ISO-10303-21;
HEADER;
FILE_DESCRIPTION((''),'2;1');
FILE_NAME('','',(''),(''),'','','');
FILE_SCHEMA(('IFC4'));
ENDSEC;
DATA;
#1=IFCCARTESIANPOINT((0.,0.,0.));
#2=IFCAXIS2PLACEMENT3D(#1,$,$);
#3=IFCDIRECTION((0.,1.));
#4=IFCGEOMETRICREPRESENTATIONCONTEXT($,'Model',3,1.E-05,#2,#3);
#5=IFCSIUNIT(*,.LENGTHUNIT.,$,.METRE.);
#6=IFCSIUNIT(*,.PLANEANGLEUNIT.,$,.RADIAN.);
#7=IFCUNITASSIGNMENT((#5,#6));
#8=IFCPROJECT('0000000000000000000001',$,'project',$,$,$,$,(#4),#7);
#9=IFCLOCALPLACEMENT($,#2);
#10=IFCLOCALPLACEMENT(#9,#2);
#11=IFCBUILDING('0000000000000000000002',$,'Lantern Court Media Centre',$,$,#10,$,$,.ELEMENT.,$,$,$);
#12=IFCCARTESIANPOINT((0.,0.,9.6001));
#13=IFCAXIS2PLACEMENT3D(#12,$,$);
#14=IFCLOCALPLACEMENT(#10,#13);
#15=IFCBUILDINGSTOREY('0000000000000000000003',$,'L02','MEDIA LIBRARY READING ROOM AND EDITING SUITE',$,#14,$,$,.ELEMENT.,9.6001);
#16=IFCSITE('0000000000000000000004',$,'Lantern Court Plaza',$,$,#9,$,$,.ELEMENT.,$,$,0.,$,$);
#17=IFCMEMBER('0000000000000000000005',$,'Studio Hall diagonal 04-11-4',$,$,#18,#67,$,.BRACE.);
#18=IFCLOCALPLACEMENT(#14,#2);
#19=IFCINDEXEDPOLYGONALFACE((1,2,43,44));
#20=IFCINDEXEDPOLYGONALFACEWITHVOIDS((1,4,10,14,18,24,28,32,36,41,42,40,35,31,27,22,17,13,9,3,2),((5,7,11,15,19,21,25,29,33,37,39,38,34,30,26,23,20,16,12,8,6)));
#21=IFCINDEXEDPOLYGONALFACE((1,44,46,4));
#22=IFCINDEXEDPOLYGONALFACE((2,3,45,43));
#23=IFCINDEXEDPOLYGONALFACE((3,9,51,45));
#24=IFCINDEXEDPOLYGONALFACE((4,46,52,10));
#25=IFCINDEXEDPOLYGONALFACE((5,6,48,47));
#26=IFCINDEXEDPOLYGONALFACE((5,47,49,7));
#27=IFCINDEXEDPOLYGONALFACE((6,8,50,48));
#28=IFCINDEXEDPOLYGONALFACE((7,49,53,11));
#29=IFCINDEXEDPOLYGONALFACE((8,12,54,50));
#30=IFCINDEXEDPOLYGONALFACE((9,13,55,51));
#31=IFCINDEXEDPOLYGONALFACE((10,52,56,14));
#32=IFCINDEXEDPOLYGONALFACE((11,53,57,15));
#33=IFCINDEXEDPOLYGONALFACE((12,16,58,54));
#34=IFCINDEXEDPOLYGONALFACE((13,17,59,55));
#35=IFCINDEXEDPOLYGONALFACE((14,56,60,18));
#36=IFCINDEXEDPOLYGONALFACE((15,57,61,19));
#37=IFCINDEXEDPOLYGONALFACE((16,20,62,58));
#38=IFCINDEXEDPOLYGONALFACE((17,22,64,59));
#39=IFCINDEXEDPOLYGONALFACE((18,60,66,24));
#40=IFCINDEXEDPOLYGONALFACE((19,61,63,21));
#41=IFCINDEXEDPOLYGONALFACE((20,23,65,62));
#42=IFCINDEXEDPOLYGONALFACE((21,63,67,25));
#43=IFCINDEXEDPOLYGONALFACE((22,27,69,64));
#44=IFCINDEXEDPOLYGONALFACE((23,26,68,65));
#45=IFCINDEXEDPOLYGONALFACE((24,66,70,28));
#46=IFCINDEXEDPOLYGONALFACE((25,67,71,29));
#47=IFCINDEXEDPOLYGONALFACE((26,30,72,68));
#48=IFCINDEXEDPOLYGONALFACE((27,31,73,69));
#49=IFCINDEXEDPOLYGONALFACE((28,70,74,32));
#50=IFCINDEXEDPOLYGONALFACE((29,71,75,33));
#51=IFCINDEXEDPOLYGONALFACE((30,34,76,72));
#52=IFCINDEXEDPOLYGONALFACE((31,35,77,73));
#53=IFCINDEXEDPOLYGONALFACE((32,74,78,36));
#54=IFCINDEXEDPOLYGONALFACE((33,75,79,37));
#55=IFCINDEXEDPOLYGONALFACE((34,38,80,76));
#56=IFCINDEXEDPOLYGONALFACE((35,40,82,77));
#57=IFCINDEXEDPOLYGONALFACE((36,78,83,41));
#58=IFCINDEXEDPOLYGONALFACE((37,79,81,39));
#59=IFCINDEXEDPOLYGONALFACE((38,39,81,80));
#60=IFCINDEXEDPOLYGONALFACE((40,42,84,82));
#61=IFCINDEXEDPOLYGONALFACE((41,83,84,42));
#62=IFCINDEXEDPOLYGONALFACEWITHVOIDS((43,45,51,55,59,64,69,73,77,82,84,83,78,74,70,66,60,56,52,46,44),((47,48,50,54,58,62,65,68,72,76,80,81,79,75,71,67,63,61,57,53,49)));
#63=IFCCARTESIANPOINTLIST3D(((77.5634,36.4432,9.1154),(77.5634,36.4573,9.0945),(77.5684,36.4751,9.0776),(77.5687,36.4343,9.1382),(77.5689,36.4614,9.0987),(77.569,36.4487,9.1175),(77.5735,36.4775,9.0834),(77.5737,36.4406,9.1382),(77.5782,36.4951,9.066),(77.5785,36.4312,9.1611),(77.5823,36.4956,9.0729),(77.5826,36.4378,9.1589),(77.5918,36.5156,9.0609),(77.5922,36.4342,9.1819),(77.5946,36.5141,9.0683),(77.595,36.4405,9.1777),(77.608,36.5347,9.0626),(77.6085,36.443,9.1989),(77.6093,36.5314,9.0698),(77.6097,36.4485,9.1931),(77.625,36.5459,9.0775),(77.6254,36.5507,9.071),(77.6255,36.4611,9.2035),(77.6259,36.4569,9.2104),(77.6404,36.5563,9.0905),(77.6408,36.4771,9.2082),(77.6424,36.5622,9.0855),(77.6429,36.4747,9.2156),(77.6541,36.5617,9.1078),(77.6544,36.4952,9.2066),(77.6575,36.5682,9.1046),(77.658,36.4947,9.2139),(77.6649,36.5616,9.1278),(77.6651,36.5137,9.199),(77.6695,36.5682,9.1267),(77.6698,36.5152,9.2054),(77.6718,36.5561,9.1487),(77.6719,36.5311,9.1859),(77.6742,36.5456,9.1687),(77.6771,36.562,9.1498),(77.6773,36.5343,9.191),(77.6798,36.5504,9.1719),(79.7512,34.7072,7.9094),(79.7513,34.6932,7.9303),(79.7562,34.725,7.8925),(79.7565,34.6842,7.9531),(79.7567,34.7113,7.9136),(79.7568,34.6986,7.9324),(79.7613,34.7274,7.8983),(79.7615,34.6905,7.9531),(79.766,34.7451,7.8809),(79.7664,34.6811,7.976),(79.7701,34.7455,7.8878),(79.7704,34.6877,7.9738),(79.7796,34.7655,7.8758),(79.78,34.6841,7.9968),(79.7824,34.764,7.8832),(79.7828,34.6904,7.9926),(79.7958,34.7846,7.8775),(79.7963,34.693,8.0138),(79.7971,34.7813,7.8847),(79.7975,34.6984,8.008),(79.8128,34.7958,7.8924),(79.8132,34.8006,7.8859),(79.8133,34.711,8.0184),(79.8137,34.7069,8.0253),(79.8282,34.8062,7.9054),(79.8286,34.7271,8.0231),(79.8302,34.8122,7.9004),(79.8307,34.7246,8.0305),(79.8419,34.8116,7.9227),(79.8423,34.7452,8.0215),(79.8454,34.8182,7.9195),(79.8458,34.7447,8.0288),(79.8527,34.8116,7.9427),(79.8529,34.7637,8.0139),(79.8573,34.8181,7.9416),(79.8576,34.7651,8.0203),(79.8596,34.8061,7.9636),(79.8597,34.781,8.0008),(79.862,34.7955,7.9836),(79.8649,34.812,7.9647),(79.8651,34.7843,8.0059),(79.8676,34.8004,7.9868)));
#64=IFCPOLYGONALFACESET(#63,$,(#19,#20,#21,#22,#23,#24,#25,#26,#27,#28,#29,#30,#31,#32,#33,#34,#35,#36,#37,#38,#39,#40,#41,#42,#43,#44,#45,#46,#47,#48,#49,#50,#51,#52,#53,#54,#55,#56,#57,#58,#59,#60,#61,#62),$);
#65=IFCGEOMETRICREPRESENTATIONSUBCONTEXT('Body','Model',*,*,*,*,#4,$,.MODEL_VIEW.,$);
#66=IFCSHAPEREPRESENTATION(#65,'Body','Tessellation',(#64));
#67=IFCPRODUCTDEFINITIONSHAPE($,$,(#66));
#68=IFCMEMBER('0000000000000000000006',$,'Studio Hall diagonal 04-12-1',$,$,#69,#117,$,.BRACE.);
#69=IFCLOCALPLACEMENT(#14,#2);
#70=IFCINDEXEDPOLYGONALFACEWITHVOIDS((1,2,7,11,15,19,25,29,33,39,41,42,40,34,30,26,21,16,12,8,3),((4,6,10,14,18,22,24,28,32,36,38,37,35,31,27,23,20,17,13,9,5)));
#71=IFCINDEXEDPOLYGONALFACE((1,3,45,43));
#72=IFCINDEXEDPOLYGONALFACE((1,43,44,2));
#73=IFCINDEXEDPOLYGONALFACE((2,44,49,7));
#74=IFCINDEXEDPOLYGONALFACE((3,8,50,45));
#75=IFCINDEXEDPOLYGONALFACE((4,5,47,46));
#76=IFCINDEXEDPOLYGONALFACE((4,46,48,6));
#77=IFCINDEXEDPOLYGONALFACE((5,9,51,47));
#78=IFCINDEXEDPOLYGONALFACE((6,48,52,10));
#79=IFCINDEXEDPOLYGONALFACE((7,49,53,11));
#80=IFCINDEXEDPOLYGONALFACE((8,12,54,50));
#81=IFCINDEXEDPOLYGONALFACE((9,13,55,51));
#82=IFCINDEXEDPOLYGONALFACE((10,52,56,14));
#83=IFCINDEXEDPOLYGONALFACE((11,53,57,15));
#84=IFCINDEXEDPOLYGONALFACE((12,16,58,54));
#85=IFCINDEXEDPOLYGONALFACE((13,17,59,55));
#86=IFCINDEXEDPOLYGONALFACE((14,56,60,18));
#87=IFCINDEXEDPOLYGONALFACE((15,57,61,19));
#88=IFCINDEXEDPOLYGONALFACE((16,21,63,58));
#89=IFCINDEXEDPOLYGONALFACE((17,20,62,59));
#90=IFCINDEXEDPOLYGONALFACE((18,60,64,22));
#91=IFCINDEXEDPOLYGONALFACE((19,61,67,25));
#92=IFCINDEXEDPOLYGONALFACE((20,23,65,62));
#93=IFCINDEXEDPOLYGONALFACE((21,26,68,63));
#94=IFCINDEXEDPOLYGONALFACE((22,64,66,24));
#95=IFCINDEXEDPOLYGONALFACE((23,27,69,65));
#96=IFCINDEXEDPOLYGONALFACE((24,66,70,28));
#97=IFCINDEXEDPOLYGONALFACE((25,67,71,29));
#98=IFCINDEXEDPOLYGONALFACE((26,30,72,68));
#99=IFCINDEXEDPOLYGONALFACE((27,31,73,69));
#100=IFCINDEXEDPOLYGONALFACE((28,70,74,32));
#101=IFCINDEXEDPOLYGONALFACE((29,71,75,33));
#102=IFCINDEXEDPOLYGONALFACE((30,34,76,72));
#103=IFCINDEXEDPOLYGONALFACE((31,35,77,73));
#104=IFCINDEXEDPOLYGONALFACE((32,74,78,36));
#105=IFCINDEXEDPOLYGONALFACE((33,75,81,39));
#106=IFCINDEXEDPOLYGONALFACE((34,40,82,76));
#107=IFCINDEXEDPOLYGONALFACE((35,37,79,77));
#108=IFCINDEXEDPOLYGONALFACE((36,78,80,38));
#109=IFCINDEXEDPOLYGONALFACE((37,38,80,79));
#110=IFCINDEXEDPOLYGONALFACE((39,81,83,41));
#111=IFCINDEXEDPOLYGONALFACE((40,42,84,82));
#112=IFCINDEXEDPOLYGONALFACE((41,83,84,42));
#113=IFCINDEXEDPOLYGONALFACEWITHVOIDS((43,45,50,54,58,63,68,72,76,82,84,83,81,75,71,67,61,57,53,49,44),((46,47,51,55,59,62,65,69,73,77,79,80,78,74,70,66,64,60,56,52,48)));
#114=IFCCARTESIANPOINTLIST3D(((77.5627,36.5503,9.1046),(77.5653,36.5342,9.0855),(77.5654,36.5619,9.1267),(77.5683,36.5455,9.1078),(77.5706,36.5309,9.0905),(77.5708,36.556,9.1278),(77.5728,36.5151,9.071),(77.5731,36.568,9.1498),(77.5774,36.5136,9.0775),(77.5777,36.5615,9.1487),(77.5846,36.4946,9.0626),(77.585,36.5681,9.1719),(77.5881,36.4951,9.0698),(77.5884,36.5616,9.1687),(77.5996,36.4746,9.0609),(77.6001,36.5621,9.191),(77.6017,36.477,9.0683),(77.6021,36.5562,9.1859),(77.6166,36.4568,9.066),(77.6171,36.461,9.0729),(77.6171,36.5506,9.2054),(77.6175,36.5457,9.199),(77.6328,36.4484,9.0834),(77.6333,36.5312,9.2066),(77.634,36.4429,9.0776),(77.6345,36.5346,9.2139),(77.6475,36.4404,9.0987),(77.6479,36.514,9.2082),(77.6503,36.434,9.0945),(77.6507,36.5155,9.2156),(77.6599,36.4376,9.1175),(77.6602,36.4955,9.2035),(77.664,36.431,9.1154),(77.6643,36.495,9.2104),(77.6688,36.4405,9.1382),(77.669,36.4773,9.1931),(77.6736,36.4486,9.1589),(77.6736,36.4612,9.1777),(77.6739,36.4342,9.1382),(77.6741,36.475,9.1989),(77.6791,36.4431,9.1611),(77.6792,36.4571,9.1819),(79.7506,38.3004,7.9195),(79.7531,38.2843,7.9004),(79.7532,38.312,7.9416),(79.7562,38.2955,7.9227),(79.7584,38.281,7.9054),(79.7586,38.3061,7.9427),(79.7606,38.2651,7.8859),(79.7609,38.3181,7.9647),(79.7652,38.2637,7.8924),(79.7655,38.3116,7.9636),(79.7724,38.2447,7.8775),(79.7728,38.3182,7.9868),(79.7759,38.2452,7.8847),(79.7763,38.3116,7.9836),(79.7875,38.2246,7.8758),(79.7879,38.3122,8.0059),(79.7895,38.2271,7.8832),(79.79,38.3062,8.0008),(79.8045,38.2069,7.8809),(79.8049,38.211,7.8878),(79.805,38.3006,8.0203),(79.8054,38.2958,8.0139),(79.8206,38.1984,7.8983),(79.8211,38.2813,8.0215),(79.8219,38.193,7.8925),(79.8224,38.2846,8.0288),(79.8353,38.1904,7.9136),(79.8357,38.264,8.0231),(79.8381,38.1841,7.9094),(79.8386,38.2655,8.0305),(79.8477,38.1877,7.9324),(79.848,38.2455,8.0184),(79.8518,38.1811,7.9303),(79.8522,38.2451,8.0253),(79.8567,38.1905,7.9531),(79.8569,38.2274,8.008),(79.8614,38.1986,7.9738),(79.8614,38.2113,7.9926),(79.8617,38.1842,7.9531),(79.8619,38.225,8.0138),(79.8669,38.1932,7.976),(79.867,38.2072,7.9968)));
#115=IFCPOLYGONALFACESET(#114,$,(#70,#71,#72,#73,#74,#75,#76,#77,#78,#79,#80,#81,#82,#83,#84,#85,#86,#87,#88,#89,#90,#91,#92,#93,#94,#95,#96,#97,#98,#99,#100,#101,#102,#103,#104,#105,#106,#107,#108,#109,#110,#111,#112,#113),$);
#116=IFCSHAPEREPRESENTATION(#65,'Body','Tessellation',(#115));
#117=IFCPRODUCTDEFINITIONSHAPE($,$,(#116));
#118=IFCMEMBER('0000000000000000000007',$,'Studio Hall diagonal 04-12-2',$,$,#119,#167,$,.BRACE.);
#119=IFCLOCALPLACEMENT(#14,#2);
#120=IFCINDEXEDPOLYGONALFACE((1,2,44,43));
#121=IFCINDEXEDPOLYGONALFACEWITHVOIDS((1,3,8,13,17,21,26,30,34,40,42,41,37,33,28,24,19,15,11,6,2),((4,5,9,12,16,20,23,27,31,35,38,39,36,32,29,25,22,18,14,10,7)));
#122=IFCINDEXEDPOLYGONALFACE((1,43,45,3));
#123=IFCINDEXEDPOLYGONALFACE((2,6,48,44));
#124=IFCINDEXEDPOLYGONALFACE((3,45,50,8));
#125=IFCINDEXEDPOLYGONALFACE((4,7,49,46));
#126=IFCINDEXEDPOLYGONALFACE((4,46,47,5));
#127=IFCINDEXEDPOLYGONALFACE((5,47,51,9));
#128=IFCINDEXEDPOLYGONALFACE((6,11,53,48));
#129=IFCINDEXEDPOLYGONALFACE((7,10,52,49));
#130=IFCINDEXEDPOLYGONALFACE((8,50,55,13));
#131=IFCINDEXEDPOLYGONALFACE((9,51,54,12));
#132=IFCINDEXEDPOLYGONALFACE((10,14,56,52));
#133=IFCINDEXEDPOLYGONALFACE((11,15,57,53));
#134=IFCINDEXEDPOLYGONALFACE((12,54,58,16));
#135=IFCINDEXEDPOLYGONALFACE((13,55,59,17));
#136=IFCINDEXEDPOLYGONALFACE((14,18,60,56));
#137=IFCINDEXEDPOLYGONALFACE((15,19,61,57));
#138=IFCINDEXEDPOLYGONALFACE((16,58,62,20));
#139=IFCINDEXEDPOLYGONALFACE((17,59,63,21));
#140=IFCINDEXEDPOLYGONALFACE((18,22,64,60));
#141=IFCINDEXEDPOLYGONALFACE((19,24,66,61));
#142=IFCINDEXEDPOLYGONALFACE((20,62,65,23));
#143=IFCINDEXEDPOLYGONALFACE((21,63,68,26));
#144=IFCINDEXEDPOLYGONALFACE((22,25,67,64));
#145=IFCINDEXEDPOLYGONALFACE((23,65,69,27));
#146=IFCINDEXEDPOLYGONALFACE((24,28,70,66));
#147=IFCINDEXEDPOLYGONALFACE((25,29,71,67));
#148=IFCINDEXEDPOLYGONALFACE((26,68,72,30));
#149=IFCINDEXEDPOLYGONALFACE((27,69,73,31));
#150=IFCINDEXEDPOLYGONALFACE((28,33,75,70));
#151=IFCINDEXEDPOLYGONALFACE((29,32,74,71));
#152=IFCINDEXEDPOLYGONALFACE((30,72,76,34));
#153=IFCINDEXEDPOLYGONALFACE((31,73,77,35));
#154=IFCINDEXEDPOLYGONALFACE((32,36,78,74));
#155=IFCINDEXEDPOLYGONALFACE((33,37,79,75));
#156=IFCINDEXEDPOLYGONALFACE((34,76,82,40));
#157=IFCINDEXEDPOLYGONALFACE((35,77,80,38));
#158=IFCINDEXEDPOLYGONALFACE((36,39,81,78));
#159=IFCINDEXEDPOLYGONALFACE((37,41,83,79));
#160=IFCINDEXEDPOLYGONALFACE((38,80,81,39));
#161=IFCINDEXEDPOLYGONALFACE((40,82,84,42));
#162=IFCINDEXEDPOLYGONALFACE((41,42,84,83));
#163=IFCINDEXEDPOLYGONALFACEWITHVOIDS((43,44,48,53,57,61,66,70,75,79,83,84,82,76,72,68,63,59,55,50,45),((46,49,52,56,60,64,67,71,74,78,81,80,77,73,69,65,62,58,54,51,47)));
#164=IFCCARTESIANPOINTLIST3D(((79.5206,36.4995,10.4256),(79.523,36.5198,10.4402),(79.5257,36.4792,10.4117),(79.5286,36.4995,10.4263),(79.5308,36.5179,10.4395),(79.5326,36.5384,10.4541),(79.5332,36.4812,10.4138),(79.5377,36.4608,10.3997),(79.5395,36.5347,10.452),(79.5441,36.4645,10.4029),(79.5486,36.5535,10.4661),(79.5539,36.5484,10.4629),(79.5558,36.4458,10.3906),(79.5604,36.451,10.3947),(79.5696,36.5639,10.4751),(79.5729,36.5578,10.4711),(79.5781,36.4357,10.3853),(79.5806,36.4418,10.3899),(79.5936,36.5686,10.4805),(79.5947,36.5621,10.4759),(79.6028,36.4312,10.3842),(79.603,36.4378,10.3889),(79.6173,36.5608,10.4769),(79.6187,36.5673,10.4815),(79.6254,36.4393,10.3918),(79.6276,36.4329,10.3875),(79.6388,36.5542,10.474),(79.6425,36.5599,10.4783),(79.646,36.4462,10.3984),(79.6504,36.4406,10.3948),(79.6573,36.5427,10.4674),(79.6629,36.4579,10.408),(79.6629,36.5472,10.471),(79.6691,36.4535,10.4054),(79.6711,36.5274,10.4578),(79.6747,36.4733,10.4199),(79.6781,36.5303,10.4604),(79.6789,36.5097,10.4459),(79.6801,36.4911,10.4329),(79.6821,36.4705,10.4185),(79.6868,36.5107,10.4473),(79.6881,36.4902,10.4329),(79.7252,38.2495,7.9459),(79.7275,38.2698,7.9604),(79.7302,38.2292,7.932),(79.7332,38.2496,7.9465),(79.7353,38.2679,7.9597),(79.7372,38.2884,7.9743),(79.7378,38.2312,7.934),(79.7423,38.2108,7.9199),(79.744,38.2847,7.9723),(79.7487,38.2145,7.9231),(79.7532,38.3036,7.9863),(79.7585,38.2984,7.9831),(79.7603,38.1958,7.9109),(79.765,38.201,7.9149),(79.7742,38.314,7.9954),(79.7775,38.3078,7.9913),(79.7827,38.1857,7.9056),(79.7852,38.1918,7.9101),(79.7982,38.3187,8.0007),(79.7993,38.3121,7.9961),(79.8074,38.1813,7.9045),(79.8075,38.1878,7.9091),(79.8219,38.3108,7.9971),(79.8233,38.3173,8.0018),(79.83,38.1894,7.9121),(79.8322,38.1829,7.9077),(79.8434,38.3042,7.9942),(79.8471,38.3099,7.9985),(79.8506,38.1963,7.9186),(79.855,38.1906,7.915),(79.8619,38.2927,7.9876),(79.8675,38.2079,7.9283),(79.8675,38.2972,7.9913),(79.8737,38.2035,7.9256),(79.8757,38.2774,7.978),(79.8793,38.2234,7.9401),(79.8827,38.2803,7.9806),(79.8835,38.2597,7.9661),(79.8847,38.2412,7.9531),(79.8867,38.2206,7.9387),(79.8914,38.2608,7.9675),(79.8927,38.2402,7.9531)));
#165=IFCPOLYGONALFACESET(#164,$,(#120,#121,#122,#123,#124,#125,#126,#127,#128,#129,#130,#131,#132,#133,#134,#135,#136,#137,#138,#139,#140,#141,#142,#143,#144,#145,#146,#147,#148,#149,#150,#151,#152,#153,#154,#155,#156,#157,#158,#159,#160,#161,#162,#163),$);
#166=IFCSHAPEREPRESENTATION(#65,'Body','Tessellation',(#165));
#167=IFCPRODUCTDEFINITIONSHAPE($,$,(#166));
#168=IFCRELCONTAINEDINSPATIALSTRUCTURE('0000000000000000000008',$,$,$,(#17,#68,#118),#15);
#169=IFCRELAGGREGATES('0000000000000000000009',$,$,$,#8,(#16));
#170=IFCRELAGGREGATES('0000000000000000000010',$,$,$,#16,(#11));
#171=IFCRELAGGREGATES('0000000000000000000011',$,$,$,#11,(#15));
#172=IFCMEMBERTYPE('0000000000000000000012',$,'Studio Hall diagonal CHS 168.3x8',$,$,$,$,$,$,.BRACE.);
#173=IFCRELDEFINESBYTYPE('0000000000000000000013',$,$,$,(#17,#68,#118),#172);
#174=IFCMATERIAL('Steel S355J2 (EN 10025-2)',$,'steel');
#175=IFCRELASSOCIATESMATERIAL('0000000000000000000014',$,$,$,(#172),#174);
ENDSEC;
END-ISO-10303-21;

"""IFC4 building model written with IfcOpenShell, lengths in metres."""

from ifc_helpers import new_model, si_unit, direction, frame, origin, origin_2d, place, context, subcontext, project, spatial, hollow_circle, extrude, material, material_profile, profile_set, type_object, element, save


model = new_model("IFC4")

# Units and contexts
model_context = context("Model", 3, precision=1e-05, world=origin(), true_north=direction((0.0, 1.0)))
body_context = subcontext(model_context, "Body", "Model", "MODEL_VIEW")
ifc_project = project(units=[si_unit("LENGTHUNIT", "METRE"), si_unit("PLANEANGLEUNIT", "RADIAN")], contexts=[model_context])

# Site, building, storey
site_placement = place(None, origin())
site = spatial("IfcSite", under=ifc_project, at=site_placement, Name="Lantern Court Plaza", CompositionType="ELEMENT", RefElevation=0.0)
building_placement = place(site_placement, origin())
building = spatial("IfcBuilding", under=site, at=building_placement, Name="Lantern Court Media Centre", CompositionType="ELEMENT")
storey_placement = place(building_placement, frame((0.0, 0.0, 9.6001)))
storey = spatial("IfcBuildingStorey", under=building, at=storey_placement, Name="L02", Description="MEDIA LIBRARY READING ROOM AND EDITING SUITE", CompositionType="ELEMENT", Elevation=9.6001)

# Members
ifc_material = material(Name="Steel S355J2 (EN 10025-2)", Category="steel")
ifc_material_profile_1 = material_profile(ifc_material, hollow_circle(Radius=0.0842, WallThickness=0.0081, at=origin_2d()), Name="Studio Hall diagonal CHS 168.3x8")
ifc_profile_set_1 = profile_set([ifc_material_profile_1], Name="Steel S355J2 (EN 10025-2)")
member_type_1 = type_object("IfcMemberType", Name="Studio Hall diagonal CHS 168.3x8", PredefinedType="BRACE", material=ifc_profile_set_1)
for number, where, z_axis, x_axis, name in (
    (1, (79.8091, 34.75, 7.9531), (-0.719206, 0.5753, 0.38958), (-0.624653, -0.780903, 0.0), "Studio Hall diagonal 04-11-4"),
    (2, (79.8091, 38.25, 7.9531), (-0.719206, -0.5753, 0.38958), (0.624653, -0.780903, 0.0), "Studio Hall diagonal 04-12-1"),
    (3, (79.8091, 38.25, 7.9531), (-0.067256, -0.575289, 0.81518), (0.993235, -0.116118, 0.0), "Studio Hall diagonal 04-12-2"),
):
    element("IfcMember", number, at=place(storey_placement, frame(where, z_axis=z_axis, x_axis=x_axis)), inside=storey, type_object=member_type_1, Name=name, PredefinedType="BRACE", context=body_context, shape_type="SweptSolid", body=[
        extrude(hollow_circle(Radius=0.0842, WallThickness=0.0081, at=origin_2d()), origin(), (0.0, 0.0, 1.0), 3.042),
    ])

save(model, "model.ifc")
